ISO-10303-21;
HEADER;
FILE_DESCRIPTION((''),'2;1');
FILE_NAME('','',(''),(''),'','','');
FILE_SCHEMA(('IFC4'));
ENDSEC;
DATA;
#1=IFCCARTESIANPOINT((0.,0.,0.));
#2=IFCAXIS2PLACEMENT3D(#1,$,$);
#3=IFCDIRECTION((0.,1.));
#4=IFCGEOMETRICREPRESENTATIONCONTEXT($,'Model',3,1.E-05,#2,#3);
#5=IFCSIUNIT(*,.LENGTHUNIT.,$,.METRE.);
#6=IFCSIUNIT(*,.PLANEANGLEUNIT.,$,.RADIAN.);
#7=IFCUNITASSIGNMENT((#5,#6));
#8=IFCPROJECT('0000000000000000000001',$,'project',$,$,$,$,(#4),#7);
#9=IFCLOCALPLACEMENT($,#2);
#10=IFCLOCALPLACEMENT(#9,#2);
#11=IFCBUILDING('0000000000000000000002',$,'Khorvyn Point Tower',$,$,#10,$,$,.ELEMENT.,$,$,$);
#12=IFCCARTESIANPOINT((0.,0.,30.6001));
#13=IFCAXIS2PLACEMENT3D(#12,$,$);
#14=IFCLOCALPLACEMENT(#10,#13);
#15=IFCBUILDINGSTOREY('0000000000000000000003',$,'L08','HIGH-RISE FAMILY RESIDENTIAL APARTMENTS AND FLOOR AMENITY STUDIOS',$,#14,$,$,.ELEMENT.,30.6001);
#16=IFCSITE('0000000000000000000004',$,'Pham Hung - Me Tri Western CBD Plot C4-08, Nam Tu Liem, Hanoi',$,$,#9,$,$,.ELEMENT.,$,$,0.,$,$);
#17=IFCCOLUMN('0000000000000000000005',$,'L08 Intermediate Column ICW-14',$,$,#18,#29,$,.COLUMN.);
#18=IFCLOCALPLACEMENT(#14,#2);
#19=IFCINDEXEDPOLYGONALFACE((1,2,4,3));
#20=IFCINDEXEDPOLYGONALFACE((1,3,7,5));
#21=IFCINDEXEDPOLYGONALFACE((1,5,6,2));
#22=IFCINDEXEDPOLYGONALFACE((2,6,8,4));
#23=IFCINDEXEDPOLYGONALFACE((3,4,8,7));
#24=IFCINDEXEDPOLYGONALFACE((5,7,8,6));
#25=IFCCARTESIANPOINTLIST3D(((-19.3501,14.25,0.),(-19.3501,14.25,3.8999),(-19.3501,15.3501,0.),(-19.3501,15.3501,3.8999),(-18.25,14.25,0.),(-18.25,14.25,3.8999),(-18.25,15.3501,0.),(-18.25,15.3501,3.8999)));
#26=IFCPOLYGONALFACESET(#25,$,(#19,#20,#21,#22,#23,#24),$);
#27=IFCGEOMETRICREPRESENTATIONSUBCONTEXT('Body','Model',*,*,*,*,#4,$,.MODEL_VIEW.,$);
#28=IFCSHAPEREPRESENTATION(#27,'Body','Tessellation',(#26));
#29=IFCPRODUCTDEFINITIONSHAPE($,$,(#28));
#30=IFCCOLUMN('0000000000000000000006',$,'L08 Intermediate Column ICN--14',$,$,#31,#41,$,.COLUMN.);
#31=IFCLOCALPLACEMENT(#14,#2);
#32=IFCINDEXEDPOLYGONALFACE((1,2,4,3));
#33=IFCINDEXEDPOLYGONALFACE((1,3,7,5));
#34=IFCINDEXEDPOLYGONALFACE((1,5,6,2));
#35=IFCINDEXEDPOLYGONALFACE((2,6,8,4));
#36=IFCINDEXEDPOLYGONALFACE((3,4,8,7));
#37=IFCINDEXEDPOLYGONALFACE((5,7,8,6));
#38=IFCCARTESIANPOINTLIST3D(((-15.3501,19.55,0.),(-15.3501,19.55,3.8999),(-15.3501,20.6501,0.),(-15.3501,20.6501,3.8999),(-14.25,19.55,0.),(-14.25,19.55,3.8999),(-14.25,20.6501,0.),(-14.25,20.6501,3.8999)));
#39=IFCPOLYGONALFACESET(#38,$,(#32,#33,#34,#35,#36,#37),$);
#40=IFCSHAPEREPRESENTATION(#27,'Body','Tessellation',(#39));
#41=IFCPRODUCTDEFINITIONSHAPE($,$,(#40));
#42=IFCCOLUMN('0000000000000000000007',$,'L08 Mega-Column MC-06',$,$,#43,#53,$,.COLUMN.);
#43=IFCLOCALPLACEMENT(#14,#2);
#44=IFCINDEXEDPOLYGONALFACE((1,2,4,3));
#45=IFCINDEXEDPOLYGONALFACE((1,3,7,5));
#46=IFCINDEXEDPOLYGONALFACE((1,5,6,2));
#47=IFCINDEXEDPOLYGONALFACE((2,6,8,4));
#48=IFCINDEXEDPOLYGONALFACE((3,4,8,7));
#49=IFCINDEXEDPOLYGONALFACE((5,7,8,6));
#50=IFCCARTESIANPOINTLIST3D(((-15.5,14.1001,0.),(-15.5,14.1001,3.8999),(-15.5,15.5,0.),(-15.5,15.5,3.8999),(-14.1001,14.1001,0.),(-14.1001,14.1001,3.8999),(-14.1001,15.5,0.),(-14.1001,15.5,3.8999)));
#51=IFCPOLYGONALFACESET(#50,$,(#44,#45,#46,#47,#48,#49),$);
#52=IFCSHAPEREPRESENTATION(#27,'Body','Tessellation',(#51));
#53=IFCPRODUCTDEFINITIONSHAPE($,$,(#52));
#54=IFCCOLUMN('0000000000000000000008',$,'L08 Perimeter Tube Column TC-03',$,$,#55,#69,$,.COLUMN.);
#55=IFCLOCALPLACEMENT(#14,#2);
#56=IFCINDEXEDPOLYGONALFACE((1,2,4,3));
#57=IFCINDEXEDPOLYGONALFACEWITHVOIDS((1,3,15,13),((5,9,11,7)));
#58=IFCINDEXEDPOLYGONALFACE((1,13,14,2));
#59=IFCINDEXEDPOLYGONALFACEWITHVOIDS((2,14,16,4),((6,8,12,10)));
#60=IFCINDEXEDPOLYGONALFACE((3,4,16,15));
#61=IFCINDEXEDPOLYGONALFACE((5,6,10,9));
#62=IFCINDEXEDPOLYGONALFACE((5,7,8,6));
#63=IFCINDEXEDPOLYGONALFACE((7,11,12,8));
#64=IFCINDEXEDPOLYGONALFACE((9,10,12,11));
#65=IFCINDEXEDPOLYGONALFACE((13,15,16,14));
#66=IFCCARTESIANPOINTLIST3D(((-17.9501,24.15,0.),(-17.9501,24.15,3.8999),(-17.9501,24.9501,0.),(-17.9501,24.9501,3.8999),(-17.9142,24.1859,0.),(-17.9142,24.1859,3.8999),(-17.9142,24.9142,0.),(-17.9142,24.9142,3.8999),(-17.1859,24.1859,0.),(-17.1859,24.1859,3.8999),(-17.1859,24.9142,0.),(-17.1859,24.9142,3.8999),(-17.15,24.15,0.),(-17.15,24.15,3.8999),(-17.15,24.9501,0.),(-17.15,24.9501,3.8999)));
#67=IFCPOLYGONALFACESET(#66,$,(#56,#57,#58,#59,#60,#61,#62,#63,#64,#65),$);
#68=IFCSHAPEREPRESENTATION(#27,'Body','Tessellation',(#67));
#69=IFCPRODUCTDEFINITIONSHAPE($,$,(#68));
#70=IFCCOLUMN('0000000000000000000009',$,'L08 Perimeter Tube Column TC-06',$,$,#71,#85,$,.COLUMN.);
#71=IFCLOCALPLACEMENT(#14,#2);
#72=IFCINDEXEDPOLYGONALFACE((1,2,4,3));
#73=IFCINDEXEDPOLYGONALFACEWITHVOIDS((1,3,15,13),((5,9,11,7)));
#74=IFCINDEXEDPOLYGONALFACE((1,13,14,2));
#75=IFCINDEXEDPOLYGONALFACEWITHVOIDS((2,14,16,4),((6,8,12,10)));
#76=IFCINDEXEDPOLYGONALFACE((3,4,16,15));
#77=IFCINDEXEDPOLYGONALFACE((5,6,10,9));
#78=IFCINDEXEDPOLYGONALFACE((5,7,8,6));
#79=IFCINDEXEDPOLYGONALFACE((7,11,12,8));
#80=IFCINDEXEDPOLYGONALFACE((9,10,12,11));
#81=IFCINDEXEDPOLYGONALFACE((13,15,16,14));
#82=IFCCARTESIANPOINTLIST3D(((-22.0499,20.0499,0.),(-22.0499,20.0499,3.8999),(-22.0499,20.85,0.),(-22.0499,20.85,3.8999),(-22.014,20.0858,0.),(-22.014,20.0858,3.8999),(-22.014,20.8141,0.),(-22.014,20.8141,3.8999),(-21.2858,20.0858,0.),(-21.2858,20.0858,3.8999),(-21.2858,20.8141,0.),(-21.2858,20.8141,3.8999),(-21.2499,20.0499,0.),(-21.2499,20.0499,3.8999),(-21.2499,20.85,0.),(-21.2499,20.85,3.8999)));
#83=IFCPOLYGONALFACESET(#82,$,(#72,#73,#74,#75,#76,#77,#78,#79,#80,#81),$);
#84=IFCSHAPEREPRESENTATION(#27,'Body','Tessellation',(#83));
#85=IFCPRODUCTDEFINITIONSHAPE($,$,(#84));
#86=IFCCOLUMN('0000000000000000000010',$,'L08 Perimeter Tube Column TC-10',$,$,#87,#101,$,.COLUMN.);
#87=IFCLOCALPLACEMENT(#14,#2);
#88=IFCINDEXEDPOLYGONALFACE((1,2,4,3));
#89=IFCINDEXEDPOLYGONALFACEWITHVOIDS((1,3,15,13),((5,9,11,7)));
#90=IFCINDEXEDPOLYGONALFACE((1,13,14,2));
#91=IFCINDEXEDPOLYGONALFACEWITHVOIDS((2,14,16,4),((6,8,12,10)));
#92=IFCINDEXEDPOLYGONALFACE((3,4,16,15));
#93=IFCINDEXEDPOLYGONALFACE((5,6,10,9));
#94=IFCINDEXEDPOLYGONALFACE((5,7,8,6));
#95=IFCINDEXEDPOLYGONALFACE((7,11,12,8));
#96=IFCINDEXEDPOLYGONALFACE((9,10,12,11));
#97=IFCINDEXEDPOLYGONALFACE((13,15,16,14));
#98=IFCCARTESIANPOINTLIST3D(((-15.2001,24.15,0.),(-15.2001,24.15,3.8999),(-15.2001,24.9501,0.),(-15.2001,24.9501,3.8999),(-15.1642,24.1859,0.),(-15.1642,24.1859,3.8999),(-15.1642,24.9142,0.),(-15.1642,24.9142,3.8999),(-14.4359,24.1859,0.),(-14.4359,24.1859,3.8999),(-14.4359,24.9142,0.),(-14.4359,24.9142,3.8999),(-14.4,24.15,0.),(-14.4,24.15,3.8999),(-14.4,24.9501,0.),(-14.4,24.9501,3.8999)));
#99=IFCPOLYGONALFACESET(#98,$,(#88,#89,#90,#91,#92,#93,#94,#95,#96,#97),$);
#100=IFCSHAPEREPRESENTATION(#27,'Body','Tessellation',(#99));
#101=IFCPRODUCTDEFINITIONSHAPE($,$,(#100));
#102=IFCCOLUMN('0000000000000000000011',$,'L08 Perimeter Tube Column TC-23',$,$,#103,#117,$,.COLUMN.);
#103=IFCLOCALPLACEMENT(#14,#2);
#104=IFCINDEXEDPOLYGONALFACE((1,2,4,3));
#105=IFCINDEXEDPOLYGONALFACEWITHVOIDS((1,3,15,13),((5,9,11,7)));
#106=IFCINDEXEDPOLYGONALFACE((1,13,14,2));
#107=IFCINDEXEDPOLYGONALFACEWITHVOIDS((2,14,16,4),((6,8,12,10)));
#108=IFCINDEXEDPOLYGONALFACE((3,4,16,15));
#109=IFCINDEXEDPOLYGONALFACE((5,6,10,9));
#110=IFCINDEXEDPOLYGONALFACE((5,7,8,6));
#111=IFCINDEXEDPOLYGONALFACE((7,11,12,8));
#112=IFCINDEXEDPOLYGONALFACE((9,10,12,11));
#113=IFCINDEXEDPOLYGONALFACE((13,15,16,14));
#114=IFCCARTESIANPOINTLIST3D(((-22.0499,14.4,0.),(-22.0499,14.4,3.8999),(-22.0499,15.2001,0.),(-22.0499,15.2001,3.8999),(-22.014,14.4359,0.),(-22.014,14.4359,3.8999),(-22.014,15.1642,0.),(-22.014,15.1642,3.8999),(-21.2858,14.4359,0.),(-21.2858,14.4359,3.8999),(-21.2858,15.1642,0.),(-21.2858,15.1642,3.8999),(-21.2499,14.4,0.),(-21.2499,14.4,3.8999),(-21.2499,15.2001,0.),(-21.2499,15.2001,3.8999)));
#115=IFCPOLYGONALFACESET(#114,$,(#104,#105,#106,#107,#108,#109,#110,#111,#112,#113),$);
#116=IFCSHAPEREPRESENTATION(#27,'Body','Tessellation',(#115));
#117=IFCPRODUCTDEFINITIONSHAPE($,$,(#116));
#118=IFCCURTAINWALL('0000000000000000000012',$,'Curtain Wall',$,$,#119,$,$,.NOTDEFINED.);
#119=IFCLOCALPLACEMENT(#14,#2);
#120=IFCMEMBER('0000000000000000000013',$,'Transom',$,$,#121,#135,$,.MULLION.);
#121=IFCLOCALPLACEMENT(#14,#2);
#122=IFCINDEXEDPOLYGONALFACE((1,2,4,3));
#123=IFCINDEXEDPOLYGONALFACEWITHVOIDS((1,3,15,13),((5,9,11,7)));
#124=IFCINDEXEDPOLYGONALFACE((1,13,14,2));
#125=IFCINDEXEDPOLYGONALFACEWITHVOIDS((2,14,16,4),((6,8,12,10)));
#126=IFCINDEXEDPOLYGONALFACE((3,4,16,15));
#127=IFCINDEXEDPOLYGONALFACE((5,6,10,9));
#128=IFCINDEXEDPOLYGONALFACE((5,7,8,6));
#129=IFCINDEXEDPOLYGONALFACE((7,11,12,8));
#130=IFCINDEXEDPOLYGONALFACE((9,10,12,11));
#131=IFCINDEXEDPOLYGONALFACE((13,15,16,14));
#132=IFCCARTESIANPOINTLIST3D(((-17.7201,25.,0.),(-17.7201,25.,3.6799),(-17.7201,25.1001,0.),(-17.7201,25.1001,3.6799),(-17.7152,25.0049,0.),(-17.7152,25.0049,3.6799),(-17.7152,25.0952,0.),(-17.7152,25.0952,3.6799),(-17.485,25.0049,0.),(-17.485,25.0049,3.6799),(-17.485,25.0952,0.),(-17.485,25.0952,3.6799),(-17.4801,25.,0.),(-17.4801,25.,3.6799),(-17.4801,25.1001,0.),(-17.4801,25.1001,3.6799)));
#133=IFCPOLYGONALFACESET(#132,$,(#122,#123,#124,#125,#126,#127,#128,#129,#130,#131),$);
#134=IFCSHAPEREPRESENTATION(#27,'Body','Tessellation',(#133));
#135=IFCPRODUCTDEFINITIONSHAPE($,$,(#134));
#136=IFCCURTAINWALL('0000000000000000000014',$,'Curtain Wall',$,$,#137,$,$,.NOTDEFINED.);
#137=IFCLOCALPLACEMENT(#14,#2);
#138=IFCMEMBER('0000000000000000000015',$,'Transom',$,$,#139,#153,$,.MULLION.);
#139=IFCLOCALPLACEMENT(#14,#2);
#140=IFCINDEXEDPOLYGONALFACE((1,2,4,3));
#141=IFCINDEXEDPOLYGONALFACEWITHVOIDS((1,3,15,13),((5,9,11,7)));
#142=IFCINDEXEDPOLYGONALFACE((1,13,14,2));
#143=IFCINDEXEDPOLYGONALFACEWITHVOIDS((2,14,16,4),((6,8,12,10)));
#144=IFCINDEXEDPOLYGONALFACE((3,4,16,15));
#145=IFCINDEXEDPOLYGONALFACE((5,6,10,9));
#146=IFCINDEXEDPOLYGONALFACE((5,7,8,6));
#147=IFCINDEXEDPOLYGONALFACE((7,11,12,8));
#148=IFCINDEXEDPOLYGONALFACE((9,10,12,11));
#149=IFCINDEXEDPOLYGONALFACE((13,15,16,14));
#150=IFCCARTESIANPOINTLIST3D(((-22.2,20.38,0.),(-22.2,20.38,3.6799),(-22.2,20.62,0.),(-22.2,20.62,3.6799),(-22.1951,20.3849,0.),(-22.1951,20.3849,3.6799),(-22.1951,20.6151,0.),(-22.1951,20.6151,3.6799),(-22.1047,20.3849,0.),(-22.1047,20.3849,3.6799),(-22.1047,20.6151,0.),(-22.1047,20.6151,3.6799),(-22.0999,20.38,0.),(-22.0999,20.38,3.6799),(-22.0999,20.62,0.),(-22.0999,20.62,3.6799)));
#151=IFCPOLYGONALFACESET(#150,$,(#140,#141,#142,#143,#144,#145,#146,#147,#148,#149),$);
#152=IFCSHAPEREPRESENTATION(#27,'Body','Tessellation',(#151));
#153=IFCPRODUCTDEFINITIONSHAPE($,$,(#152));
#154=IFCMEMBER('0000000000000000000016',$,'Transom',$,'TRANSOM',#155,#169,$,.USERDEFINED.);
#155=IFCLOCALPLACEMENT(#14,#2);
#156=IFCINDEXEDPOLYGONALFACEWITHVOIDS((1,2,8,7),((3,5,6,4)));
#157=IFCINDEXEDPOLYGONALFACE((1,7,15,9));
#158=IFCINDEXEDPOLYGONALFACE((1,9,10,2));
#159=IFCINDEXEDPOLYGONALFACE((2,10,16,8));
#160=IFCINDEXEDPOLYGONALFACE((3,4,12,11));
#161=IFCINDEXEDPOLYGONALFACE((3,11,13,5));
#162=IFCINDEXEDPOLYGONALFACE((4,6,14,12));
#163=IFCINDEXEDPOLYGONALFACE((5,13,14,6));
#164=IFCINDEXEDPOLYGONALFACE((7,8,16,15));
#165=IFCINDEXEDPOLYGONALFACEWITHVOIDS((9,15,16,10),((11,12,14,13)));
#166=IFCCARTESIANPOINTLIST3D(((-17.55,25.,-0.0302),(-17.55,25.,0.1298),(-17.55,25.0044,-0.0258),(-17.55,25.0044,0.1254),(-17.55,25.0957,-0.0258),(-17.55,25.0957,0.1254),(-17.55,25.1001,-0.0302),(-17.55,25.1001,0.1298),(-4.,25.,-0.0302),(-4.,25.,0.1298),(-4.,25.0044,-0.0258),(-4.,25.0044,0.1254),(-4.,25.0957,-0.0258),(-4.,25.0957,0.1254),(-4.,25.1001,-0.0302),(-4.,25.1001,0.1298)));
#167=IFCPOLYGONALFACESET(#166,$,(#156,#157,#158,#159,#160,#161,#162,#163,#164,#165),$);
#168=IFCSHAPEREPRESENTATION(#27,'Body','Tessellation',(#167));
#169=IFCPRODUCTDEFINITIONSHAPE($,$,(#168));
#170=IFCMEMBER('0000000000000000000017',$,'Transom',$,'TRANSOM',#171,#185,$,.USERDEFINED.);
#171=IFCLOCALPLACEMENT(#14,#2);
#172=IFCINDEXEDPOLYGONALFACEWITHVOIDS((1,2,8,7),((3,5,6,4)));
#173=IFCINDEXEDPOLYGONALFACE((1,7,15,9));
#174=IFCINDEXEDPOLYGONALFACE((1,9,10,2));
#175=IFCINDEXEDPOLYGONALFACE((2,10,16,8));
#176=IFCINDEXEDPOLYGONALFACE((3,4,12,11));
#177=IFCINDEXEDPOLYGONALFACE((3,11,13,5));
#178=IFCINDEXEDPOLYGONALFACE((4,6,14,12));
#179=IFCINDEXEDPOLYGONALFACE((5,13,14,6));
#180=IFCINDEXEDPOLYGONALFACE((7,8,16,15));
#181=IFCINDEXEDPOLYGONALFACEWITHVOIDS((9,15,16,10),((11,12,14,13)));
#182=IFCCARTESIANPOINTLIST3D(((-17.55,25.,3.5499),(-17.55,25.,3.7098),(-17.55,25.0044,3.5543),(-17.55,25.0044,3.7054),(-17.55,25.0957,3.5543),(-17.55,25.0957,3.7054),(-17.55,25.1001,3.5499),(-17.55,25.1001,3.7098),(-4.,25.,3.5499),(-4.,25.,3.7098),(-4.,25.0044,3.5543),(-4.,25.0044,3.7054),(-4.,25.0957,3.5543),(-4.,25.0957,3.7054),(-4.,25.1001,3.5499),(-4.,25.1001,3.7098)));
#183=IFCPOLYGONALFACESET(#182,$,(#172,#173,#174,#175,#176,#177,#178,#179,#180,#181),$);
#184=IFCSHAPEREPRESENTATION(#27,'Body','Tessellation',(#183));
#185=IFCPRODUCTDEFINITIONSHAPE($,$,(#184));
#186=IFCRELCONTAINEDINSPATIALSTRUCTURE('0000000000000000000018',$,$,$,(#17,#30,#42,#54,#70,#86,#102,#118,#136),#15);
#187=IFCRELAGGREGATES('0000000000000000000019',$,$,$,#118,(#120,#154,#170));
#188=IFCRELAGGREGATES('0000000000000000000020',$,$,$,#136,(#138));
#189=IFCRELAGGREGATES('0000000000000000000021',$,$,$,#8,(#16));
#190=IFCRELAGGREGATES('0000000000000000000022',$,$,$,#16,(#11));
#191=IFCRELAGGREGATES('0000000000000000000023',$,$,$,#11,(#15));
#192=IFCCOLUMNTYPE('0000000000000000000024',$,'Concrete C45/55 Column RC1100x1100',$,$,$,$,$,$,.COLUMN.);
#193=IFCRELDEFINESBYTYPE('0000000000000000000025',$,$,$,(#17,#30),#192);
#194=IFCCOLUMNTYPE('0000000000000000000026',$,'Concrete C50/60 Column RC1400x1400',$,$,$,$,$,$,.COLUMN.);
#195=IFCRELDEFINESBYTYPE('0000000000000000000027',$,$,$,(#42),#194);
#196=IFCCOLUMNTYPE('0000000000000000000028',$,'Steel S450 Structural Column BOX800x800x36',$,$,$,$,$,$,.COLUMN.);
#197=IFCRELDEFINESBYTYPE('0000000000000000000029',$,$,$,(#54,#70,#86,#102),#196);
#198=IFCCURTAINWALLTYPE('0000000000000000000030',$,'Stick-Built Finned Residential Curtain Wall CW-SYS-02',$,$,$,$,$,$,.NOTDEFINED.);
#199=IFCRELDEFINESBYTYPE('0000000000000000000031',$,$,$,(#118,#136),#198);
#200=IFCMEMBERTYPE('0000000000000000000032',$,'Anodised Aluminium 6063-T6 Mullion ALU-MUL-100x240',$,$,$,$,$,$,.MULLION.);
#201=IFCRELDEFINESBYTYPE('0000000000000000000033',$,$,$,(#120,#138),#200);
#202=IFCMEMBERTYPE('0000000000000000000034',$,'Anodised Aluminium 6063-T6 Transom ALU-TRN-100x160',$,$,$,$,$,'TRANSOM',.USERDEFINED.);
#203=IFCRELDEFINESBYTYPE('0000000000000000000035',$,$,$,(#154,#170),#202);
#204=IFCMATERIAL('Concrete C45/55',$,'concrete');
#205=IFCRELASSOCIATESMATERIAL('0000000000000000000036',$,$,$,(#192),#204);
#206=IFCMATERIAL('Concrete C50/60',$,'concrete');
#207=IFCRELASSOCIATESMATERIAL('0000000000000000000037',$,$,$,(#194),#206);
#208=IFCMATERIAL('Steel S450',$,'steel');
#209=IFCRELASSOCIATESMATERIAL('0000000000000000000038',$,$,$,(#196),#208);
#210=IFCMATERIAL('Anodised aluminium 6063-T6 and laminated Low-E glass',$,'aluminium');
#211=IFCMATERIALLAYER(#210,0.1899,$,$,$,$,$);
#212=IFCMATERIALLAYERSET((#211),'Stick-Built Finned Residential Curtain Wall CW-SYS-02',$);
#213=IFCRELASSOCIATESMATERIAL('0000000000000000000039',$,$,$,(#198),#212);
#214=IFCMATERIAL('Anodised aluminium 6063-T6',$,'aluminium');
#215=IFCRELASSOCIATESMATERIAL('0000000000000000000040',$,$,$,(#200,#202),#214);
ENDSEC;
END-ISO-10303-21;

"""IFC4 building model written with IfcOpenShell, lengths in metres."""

from ifc_helpers import new_model, si_unit, direction, frame, origin, origin_2d, place, context, subcontext, project, spatial, rectangle, hollow_rectangle, extrude, material, layer, layer_set, material_profile, profile_set, type_object, element, aggregate, save


model = new_model("IFC4")

# Units and contexts
model_context = context("Model", 3, precision=1e-05, world=origin(), true_north=direction((0.0, 1.0)))
body_context = subcontext(model_context, "Body", "Model", "MODEL_VIEW")
ifc_project = project(units=[si_unit("LENGTHUNIT", "METRE"), si_unit("PLANEANGLEUNIT", "RADIAN")], contexts=[model_context])

# Site, building, storey
site_placement = place(None, origin())
site = spatial("IfcSite", under=ifc_project, at=site_placement, Name="Pham Hung - Me Tri Western CBD Plot C4-08, Nam Tu Liem, Hanoi", CompositionType="ELEMENT", RefElevation=0.0)
building_placement = place(site_placement, origin())
building = spatial("IfcBuilding", under=site, at=building_placement, Name="Khorvyn Point Tower", CompositionType="ELEMENT")
storey_placement = place(building_placement, frame((0.0, 0.0, 30.6001)))
storey = spatial("IfcBuildingStorey", under=building, at=storey_placement, Name="L08", Description="HIGH-RISE FAMILY RESIDENTIAL APARTMENTS AND FLOOR AMENITY STUDIOS", CompositionType="ELEMENT", Elevation=30.6001)

# Columns
ifc_material_1 = material(Name="Concrete C45/55", Category="concrete")
ifc_material_profile_1 = material_profile(ifc_material_1, rectangle(XDim=1.1001, YDim=1.1001, at=origin_2d()))
ifc_profile_set_1 = profile_set([ifc_material_profile_1], Name="Concrete C45/55 RC1100x1100")
column_type_1 = type_object("IfcColumnType", Name="Concrete C45/55 Column RC1100x1100", PredefinedType="COLUMN", material=ifc_profile_set_1)
for number, where, z_axis, x_axis, name in (
    (1, (-18.8, 14.8, 0.0), (0.0, 0.0, 1.0), (1.0, 0.0, 0.0), "L08 Intermediate Column ICW-14"),
    (2, (-14.8, 20.1001, 0.0), (0.0, 0.0, 1.0), (1.0, 0.0, 0.0), "L08 Intermediate Column ICN--14"),
):
    element("IfcColumn", number, at=place(storey_placement, frame(where, z_axis=z_axis, x_axis=x_axis)), inside=storey, type_object=column_type_1, Name=name, PredefinedType="COLUMN", context=body_context, shape_type="SweptSolid", body=[
        extrude(rectangle(XDim=1.1001, YDim=1.1001, at=origin_2d()), origin(), (0.0, 0.0, 1.0), 3.8999),
    ])
ifc_material_2 = material(Name="Concrete C50/60", Category="concrete")
ifc_material_profile_2 = material_profile(ifc_material_2, rectangle(XDim=1.3999, YDim=1.3999, at=origin_2d()))
ifc_profile_set_2 = profile_set([ifc_material_profile_2], Name="Concrete C50/60 RC1400x1400")
column_type_2 = type_object("IfcColumnType", Name="Concrete C50/60 Column RC1400x1400", PredefinedType="COLUMN", material=ifc_profile_set_2)
column_placement = place(storey_placement, frame((-14.8, 14.8, 0.0), z_axis=(0.0, 0.0, 1.0), x_axis=(1.0, 0.0, 0.0)))
element("IfcColumn", 3, at=column_placement, inside=storey, type_object=column_type_2, Name="L08 Mega-Column MC-06", PredefinedType="COLUMN", context=body_context, shape_type="SweptSolid", body=[
    extrude(rectangle(XDim=1.3999, YDim=1.3999, at=origin_2d()), origin(), (0.0, 0.0, 1.0), 3.8999),
])
ifc_material_3 = material(Name="Steel S450", Category="steel")
ifc_material_profile_3 = material_profile(ifc_material_3, hollow_rectangle(XDim=0.8, YDim=0.8, WallThickness=0.0359, at=origin_2d()))
ifc_profile_set_3 = profile_set([ifc_material_profile_3], Name="Steel S450 BOX800x800x36")
column_type_3 = type_object("IfcColumnType", Name="Steel S450 Structural Column BOX800x800x36", PredefinedType="COLUMN", material=ifc_profile_set_3)
for number, where, z_axis, x_axis, name in (
    (4, (-17.55, 24.55, 0.0), (0.0, 0.0, 1.0), (1.0, 0.0, 0.0), "L08 Perimeter Tube Column TC-03"),
    (5, (-21.6499, 20.45, 0.0), (0.0, 0.0, 1.0), (1.0, 0.0, 0.0), "L08 Perimeter Tube Column TC-06"),
    (6, (-14.8, 24.55, 0.0), (0.0, 0.0, 1.0), (1.0, 0.0, 0.0), "L08 Perimeter Tube Column TC-10"),
    (7, (-21.6499, 14.8, 0.0), (0.0, 0.0, 1.0), (1.0, 0.0, 0.0), "L08 Perimeter Tube Column TC-23"),
):
    element("IfcColumn", number, at=place(storey_placement, frame(where, z_axis=z_axis, x_axis=x_axis)), inside=storey, type_object=column_type_3, Name=name, PredefinedType="COLUMN", context=body_context, shape_type="SweptSolid", body=[
        extrude(hollow_rectangle(XDim=0.8, YDim=0.8, WallThickness=0.0359, at=origin_2d()), origin(), (0.0, 0.0, 1.0), 3.8999),
    ])

# Curtain walls, members
ifc_material_4 = material(Name="Anodised aluminium 6063-T6 and laminated Low-E glass", Category="aluminium")
ifc_layer_1 = layer(ifc_material_4, 0.1899)
ifc_layer_set_1 = layer_set([ifc_layer_1], Name="Stick-Built Finned Residential Curtain Wall CW-SYS-02")
curtain_wall_type = type_object("IfcCurtainWallType", Name="Stick-Built Finned Residential Curtain Wall CW-SYS-02", PredefinedType="NOTDEFINED", material=ifc_layer_set_1)
curtain_wall_1_placement = place(storey_placement, origin())
curtain_wall_1 = element("IfcCurtainWall", 8, at=curtain_wall_1_placement, inside=storey, type_object=curtain_wall_type, Name="Curtain Wall", PredefinedType="NOTDEFINED")
ifc_material_5 = material(Name="Anodised aluminium 6063-T6", Category="aluminium")
ifc_material_profile_4 = material_profile(ifc_material_5, hollow_rectangle(XDim=0.1001, YDim=0.24, WallThickness=0.0049, at=origin_2d()))
ifc_profile_set_4 = profile_set([ifc_material_profile_4], Name="Anodised aluminium 6063-T6 ALU-MUL-100x240")
member_type_1 = type_object("IfcMemberType", Name="Anodised Aluminium 6063-T6 Mullion ALU-MUL-100x240", PredefinedType="MULLION", material=ifc_profile_set_4)
member_1_placement = place(storey_placement, frame((-17.6001, 25.05, 0.0), z_axis=(0.0, 0.0, 1.0), x_axis=(0.0, 1.0, 0.0)))
member_1 = element("IfcMember", 9, at=member_1_placement, type_object=member_type_1, Name="Transom", PredefinedType="MULLION", context=body_context, shape_type="SweptSolid", body=[
    extrude(hollow_rectangle(XDim=0.1001, YDim=0.24, WallThickness=0.0049, at=origin_2d()), origin(), (0.0, 0.0, 1.0), 3.6799),
])
curtain_wall_2_placement = place(storey_placement, origin())
curtain_wall_2 = element("IfcCurtainWall", 10, at=curtain_wall_2_placement, inside=storey, type_object=curtain_wall_type, Name="Curtain Wall", PredefinedType="NOTDEFINED")
member_2_placement = place(storey_placement, frame((-22.1499, 20.5, 0.0), z_axis=(0.0, 0.0, 1.0), x_axis=(-1.0, 0.0, 0.0)))
member_2 = element("IfcMember", 11, at=member_2_placement, type_object=member_type_1, Name="Transom", PredefinedType="MULLION", context=body_context, shape_type="SweptSolid", body=[
    extrude(hollow_rectangle(XDim=0.1001, YDim=0.24, WallThickness=0.0049, at=origin_2d()), origin(), (0.0, 0.0, 1.0), 3.6799),
])

# Members
ifc_material_profile_5 = material_profile(ifc_material_5, hollow_rectangle(XDim=0.1001, YDim=0.1599, WallThickness=0.0044, at=origin_2d()))
ifc_profile_set_5 = profile_set([ifc_material_profile_5], Name="Anodised aluminium 6063-T6 ALU-TRN-100x160")
member_type_2 = type_object("IfcMemberType", Name="Anodised Aluminium 6063-T6 Transom ALU-TRN-100x160", ElementType="TRANSOM", PredefinedType="USERDEFINED", material=ifc_profile_set_5)
member_3_placement = place(storey_placement, frame((-17.55, 25.05, 0.0498), z_axis=(1.0, 0.0, 0.0), x_axis=(0.0, 1.0, 0.0)))
member_3 = element("IfcMember", 12, at=member_3_placement, type_object=member_type_2, Name="Transom", ObjectType="TRANSOM", PredefinedType="USERDEFINED", context=body_context, shape_type="SweptSolid", body=[
    extrude(hollow_rectangle(XDim=0.1001, YDim=0.1599, WallThickness=0.0044, at=origin_2d()), origin(), (0.0, 0.0, 1.0), 13.55),
])
member_4_placement = place(storey_placement, frame((-17.55, 25.05, 3.6299), z_axis=(1.0, 0.0, 0.0), x_axis=(0.0, 1.0, 0.0)))
member_4 = element("IfcMember", 13, at=member_4_placement, type_object=member_type_2, Name="Transom", ObjectType="TRANSOM", PredefinedType="USERDEFINED", context=body_context, shape_type="SweptSolid", body=[
    extrude(hollow_rectangle(XDim=0.1001, YDim=0.1599, WallThickness=0.0044, at=origin_2d()), origin(), (0.0, 0.0, 1.0), 13.55),
])

aggregate(curtain_wall_1, [member_1, member_3, member_4])
aggregate(curtain_wall_2, [member_2])

save(model, "model.ifc")
